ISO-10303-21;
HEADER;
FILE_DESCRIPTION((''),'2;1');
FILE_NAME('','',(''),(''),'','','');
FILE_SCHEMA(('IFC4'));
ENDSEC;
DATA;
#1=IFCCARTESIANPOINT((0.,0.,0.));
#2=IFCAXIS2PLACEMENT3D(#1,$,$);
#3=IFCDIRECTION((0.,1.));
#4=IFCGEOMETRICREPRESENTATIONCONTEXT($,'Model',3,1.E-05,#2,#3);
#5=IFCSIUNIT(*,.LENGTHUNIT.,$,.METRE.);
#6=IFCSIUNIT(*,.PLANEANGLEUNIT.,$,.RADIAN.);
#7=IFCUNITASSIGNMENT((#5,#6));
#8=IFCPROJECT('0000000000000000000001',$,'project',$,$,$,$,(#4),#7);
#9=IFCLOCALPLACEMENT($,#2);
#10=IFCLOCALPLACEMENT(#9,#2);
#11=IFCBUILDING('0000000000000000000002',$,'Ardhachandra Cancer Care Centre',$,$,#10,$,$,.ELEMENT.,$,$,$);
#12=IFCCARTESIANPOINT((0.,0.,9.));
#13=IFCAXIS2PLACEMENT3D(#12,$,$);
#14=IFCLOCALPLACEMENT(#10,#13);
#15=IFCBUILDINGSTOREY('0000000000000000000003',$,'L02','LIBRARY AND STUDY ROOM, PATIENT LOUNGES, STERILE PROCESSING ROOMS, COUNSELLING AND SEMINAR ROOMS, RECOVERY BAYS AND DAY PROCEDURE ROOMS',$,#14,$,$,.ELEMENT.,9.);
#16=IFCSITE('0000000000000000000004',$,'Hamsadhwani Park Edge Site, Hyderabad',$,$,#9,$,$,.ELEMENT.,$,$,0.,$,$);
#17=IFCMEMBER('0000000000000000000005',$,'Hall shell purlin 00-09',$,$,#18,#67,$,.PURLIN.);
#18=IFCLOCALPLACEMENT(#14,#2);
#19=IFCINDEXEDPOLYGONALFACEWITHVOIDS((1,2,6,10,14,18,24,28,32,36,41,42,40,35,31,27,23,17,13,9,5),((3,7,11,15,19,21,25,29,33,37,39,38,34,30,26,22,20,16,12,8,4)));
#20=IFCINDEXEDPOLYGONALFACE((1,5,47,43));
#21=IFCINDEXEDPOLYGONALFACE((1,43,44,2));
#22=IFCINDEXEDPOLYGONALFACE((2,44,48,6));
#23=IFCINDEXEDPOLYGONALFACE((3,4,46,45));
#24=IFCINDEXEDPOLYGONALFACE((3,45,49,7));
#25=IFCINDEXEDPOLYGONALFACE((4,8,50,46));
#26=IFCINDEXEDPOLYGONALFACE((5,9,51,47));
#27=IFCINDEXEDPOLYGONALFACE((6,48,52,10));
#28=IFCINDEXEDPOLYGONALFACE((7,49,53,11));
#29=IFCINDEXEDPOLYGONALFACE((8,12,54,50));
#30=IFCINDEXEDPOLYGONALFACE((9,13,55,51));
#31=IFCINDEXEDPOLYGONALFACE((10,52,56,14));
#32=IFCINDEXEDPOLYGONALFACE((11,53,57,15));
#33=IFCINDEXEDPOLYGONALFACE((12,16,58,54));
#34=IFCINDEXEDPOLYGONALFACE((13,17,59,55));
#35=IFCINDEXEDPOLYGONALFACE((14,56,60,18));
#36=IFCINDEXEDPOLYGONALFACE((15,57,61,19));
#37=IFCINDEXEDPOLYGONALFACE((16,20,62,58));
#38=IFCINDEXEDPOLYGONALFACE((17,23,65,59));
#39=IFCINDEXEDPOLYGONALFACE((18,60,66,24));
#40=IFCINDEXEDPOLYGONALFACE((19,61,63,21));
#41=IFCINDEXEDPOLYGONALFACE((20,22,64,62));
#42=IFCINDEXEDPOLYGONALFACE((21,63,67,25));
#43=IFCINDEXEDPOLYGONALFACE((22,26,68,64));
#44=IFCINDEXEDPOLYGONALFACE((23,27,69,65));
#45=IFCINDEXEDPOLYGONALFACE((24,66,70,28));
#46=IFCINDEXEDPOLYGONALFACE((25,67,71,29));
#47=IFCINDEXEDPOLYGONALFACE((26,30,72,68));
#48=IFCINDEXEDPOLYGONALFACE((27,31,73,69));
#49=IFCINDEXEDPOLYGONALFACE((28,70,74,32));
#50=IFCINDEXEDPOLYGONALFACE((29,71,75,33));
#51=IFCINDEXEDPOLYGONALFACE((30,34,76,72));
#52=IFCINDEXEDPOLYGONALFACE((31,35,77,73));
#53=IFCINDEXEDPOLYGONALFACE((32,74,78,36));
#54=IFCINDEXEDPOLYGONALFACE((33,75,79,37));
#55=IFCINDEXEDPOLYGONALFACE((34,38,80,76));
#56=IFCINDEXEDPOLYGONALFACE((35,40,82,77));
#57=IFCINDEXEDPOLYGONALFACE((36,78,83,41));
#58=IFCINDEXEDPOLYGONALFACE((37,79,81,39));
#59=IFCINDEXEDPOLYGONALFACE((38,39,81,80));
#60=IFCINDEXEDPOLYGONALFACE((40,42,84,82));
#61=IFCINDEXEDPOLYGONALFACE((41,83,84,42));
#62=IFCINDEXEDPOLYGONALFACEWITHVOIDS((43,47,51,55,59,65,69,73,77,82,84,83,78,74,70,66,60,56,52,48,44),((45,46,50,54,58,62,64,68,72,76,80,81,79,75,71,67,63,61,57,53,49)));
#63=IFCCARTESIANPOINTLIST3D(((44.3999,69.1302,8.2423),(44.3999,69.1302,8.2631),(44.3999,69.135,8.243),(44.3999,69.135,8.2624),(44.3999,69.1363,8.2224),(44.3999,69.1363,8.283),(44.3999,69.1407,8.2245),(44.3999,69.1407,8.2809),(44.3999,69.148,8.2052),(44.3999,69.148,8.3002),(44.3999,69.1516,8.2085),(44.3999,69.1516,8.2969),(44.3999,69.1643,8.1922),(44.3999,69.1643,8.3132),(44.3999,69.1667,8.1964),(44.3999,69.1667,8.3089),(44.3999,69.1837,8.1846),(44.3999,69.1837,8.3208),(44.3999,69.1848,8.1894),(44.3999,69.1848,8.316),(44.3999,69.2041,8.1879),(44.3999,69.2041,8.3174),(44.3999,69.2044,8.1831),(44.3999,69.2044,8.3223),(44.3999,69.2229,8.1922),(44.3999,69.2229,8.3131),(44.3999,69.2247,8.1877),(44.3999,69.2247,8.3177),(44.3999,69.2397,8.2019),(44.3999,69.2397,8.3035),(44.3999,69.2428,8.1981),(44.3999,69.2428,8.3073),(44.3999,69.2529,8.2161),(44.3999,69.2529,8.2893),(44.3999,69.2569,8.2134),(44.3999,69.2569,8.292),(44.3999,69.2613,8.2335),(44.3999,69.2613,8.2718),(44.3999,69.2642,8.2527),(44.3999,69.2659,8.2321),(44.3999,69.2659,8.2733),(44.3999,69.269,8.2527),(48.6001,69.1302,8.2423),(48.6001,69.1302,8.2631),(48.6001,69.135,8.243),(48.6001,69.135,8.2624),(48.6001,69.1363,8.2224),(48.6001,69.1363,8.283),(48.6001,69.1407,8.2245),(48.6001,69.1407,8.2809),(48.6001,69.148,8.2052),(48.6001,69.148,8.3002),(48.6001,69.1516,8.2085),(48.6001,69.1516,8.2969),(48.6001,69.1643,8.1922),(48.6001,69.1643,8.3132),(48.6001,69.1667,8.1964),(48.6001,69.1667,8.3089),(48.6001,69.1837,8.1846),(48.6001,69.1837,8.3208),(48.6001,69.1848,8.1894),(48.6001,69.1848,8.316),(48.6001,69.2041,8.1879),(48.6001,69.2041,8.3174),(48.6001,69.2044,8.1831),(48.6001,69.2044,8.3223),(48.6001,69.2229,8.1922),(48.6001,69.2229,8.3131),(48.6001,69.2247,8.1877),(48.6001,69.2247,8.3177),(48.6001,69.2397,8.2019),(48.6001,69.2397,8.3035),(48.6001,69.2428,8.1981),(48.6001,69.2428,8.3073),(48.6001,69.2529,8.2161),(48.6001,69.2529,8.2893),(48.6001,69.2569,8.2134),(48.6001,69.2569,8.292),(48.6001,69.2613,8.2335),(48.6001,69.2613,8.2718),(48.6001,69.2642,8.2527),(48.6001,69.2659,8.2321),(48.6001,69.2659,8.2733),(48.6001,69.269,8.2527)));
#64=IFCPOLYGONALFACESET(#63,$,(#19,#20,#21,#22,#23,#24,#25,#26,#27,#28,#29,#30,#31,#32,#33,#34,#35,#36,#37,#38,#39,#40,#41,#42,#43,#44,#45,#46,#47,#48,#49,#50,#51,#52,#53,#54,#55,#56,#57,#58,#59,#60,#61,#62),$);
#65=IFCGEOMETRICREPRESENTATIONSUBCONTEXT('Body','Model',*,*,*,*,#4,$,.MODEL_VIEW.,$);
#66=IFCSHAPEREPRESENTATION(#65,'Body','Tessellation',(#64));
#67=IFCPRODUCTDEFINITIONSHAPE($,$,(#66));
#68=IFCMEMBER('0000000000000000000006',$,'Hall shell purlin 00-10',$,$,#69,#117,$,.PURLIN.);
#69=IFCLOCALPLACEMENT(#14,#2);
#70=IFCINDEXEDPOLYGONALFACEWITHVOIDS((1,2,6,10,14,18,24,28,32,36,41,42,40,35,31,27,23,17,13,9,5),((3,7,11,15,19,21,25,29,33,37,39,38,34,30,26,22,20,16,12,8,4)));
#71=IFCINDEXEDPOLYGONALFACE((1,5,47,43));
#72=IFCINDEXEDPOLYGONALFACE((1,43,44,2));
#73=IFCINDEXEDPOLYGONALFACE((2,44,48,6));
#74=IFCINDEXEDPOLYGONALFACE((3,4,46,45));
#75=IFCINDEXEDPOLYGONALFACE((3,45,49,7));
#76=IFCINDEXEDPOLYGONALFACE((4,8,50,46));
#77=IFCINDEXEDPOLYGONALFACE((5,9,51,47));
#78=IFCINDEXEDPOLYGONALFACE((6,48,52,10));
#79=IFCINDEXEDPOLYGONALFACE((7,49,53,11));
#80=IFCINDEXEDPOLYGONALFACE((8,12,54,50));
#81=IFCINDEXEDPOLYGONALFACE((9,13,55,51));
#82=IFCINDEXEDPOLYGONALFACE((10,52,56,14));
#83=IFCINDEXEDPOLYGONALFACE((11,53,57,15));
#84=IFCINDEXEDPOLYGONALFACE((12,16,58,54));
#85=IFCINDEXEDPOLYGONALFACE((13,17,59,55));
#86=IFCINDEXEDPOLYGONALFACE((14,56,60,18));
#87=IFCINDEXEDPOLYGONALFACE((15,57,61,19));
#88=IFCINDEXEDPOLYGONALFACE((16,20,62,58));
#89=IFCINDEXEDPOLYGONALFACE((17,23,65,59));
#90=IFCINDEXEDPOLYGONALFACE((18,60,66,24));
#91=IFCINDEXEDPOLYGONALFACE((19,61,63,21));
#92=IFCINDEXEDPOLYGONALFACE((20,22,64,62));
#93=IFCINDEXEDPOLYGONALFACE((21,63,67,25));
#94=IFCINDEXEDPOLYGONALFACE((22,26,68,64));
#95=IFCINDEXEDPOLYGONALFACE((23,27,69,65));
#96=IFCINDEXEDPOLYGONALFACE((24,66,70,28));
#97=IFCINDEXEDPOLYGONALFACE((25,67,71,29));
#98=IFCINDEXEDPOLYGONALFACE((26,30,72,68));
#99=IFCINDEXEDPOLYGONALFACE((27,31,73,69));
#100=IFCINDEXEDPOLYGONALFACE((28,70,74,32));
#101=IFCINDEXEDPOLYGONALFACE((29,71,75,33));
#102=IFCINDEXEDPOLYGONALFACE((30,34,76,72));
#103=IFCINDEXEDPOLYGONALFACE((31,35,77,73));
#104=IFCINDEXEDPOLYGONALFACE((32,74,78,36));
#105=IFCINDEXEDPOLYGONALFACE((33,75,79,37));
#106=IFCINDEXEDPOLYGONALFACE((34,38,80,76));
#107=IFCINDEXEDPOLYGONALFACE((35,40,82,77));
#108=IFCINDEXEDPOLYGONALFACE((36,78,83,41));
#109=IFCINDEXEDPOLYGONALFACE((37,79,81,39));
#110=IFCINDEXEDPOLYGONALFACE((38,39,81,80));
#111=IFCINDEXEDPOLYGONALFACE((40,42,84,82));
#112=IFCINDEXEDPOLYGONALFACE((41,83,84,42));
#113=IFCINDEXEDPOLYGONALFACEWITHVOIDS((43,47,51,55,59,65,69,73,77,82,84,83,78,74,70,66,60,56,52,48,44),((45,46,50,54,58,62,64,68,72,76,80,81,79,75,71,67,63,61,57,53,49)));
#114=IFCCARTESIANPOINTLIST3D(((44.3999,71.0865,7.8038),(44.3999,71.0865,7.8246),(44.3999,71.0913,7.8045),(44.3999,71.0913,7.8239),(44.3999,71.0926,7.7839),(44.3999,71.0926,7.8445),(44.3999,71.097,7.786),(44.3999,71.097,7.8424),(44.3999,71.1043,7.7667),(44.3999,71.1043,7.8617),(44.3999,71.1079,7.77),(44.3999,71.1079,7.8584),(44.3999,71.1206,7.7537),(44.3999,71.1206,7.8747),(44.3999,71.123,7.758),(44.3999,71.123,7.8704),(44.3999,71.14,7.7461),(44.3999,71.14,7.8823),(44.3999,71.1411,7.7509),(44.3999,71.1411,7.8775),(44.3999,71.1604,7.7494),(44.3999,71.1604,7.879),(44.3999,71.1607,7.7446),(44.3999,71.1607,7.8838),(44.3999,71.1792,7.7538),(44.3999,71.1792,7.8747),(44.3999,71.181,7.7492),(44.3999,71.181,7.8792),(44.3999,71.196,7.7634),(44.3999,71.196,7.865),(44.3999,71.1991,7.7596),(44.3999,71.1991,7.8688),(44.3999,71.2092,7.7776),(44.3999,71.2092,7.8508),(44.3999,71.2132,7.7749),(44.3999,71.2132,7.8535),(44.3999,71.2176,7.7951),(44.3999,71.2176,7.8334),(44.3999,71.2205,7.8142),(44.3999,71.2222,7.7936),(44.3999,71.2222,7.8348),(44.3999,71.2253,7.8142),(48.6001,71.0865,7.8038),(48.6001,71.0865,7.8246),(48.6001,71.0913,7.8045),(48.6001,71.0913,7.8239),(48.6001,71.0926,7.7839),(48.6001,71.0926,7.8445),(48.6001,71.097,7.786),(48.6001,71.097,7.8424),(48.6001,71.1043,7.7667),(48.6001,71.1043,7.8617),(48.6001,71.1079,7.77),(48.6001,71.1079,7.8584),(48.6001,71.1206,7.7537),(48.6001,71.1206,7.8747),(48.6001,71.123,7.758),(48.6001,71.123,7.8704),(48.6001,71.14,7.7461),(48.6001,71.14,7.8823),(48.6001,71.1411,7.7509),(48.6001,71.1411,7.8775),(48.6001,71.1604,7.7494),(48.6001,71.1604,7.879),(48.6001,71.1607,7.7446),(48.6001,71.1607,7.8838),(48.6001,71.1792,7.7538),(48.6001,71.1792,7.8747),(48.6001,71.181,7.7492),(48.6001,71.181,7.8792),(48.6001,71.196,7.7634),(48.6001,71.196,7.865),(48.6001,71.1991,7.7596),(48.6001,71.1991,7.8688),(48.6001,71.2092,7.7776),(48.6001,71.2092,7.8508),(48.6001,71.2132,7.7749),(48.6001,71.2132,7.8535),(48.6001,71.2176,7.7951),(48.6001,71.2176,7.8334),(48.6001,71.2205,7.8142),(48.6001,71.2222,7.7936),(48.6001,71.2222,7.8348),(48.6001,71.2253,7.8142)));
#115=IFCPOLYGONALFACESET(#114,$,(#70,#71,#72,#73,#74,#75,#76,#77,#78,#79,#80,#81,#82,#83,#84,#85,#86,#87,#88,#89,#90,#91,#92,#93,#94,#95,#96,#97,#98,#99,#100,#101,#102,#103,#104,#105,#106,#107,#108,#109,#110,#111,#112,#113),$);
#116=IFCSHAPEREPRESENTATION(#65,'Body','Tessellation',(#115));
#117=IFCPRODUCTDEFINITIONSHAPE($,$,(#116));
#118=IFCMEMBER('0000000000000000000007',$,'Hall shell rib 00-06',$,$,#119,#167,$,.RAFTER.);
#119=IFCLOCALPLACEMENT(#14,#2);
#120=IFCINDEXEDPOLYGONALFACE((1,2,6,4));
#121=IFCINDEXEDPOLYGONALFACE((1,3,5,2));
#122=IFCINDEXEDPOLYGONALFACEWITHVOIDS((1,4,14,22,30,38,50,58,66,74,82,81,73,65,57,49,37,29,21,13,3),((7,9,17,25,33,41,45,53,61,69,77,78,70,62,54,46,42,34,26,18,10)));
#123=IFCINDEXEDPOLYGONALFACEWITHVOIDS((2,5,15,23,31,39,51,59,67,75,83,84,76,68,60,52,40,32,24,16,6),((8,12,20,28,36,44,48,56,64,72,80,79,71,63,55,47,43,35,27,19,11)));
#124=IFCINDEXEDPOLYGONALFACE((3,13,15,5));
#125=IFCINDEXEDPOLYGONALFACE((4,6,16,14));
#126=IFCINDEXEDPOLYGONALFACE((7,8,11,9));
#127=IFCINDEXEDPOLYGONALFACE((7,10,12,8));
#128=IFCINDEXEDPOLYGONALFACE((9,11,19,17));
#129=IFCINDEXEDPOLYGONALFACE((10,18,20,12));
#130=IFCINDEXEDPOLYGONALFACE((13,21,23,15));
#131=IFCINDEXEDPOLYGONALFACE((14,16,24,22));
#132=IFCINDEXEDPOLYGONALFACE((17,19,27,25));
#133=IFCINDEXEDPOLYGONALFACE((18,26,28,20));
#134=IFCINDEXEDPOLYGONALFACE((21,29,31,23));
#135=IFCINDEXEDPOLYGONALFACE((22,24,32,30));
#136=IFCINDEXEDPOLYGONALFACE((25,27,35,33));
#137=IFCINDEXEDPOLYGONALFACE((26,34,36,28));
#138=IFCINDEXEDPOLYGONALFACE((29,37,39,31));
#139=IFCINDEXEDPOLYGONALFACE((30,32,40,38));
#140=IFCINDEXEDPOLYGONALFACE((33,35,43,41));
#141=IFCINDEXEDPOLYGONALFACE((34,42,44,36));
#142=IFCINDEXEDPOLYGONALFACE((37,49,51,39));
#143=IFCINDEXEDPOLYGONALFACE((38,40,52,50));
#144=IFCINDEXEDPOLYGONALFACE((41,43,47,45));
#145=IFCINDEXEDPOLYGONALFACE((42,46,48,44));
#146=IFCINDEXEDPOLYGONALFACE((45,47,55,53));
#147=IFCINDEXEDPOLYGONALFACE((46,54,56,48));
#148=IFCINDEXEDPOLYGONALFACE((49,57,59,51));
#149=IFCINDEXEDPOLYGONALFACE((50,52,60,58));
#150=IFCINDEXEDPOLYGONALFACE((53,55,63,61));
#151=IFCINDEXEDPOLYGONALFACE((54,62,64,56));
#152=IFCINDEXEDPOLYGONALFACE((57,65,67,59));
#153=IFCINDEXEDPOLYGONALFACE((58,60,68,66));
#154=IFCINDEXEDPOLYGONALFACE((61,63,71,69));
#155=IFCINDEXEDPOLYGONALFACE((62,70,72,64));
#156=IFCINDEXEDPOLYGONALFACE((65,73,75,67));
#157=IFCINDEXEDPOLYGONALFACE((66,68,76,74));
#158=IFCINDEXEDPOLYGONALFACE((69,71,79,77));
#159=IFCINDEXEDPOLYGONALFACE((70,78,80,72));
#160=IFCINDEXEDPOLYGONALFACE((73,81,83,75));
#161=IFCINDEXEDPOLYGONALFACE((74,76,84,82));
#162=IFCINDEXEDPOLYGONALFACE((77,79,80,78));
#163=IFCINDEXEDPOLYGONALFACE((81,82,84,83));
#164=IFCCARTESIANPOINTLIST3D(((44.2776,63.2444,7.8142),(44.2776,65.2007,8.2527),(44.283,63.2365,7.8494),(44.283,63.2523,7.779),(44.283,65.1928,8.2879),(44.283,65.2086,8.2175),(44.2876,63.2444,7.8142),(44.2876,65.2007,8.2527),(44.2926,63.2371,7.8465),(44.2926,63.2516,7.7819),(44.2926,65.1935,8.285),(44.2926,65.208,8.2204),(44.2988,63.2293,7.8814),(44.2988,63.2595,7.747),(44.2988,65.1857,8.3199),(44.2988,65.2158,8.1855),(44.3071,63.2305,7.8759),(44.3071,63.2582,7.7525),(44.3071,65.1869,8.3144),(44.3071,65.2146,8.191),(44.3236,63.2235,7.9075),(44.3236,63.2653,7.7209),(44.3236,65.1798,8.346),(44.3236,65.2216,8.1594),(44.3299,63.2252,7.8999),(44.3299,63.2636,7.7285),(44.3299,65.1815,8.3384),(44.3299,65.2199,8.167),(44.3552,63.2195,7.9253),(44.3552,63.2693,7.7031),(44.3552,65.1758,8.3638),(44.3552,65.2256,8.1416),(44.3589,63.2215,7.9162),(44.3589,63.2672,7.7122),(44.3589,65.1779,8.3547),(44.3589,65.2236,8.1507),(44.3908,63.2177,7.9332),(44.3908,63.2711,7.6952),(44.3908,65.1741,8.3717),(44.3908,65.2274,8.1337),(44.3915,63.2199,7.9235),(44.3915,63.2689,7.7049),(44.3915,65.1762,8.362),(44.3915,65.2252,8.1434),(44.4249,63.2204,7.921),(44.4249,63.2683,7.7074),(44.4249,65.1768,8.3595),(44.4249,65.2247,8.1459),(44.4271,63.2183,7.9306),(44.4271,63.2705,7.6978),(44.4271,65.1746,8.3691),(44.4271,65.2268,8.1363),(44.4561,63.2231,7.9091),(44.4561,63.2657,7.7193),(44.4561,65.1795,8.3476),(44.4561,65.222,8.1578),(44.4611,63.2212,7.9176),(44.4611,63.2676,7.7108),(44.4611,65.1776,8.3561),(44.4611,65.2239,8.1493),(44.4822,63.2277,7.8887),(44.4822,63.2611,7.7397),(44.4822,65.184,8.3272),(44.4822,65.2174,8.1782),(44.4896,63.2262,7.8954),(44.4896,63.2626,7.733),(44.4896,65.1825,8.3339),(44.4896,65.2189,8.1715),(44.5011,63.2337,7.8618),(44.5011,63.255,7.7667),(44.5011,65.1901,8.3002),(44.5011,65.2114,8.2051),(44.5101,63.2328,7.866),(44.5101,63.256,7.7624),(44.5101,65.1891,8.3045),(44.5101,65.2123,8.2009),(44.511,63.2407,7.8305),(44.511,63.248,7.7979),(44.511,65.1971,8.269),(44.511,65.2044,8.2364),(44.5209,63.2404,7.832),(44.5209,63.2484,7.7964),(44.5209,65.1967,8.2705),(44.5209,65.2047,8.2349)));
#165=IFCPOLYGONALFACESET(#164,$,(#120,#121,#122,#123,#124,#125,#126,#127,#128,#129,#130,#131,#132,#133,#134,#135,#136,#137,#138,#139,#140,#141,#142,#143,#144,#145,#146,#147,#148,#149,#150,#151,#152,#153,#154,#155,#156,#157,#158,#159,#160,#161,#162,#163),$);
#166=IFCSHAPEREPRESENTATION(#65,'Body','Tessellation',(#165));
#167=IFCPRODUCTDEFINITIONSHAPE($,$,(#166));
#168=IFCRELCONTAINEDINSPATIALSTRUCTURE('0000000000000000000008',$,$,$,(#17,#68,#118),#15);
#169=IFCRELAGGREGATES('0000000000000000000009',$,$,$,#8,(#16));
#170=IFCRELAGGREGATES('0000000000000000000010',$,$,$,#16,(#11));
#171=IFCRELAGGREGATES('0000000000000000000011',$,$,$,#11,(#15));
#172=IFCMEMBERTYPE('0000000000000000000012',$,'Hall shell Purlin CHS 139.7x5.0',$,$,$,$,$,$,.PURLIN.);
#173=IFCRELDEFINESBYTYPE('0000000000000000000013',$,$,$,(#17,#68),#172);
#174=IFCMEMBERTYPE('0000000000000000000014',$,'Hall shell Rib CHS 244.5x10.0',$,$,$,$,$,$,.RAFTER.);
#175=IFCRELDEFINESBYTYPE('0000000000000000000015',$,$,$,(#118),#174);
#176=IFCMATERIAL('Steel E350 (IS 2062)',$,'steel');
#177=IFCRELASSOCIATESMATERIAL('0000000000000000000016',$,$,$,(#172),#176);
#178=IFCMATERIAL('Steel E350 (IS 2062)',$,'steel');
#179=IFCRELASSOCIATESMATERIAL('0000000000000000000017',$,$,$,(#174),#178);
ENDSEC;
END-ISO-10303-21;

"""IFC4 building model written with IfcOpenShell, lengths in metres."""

from ifc_helpers import new_model, si_unit, direction, frame, origin, origin_2d, place, context, subcontext, project, spatial, hollow_circle, extrude, material, material_profile, profile_set, type_object, element, save


model = new_model("IFC4")

# Units and contexts
model_context = context("Model", 3, precision=1e-05, world=origin(), true_north=direction((0.0, 1.0)))
body_context = subcontext(model_context, "Body", "Model", "MODEL_VIEW")
ifc_project = project(units=[si_unit("LENGTHUNIT", "METRE"), si_unit("PLANEANGLEUNIT", "RADIAN")], contexts=[model_context])

# Site, building, storey
site_placement = place(None, origin())
site = spatial("IfcSite", under=ifc_project, at=site_placement, Name="Hamsadhwani Park Edge Site, Hyderabad", CompositionType="ELEMENT", RefElevation=0.0)
building_placement = place(site_placement, origin())
building = spatial("IfcBuilding", under=site, at=building_placement, Name="Ardhachandra Cancer Care Centre", CompositionType="ELEMENT")
storey_placement = place(building_placement, frame((0.0, 0.0, 9.0)))
storey = spatial("IfcBuildingStorey", under=building, at=storey_placement, Name="L02", Description="LIBRARY AND STUDY ROOM, PATIENT LOUNGES, STERILE PROCESSING ROOMS, COUNSELLING AND SEMINAR ROOMS, RECOVERY BAYS AND DAY PROCEDURE ROOMS", CompositionType="ELEMENT", Elevation=9.0)

# Members
ifc_material_1 = material(Name="Steel E350 (IS 2062)", Category="steel")
ifc_material_profile_1 = material_profile(ifc_material_1, hollow_circle(Radius=0.0698, WallThickness=0.0049, at=origin_2d()), Name="CHS 139.7x5.0")
ifc_profile_set_1 = profile_set([ifc_material_profile_1], Name="Steel E350 (IS 2062)")
member_type_1 = type_object("IfcMemberType", Name="Hall shell Purlin CHS 139.7x5.0", PredefinedType="PURLIN", material=ifc_profile_set_1)
for number, where, z_axis, x_axis, name in (
    (1, (44.3999, 69.1992, 8.2527), (1.0, 0.0, 0.0), (0.0, 1.0, 0.0), "Hall shell purlin 00-09"),
    (2, (44.3999, 71.1555, 7.8142), (1.0, 0.0, 0.0), (0.0, 1.0, 0.0), "Hall shell purlin 00-10"),
):
    element("IfcMember", number, at=place(storey_placement, frame(where, z_axis=z_axis, x_axis=x_axis)), inside=storey, type_object=member_type_1, Name=name, PredefinedType="PURLIN", context=body_context, shape_type="SweptSolid", body=[
        extrude(hollow_circle(Radius=0.0698, WallThickness=0.0049, at=origin_2d()), origin(), (0.0, 0.0, 1.0), 4.2002),
    ])
ifc_material_2 = material(Name="Steel E350 (IS 2062)", Category="steel")
ifc_material_profile_2 = material_profile(ifc_material_2, hollow_circle(Radius=0.1223, WallThickness=0.01, at=origin_2d()), Name="CHS 244.5x10.0")
ifc_profile_set_2 = profile_set([ifc_material_profile_2], Name="Steel E350 (IS 2062)")
member_type_2 = type_object("IfcMemberType", Name="Hall shell Rib CHS 244.5x10.0", PredefinedType="RAFTER", material=ifc_profile_set_2)
member_1_placement = place(storey_placement, frame((44.3999, 63.2444, 7.8142), z_axis=(0.0, 0.97579, 0.218709), x_axis=(-1.0, 0.0, 0.0)))
element("IfcMember", 3, at=member_1_placement, inside=storey, type_object=member_type_2, Name="Hall shell rib 00-06", PredefinedType="RAFTER", context=body_context, shape_type="SweptSolid", body=[
    extrude(hollow_circle(Radius=0.1223, WallThickness=0.01, at=origin_2d()), origin(), (0.0, 0.0, 1.0), 2.0049),
])

save(model, "model.ifc")
